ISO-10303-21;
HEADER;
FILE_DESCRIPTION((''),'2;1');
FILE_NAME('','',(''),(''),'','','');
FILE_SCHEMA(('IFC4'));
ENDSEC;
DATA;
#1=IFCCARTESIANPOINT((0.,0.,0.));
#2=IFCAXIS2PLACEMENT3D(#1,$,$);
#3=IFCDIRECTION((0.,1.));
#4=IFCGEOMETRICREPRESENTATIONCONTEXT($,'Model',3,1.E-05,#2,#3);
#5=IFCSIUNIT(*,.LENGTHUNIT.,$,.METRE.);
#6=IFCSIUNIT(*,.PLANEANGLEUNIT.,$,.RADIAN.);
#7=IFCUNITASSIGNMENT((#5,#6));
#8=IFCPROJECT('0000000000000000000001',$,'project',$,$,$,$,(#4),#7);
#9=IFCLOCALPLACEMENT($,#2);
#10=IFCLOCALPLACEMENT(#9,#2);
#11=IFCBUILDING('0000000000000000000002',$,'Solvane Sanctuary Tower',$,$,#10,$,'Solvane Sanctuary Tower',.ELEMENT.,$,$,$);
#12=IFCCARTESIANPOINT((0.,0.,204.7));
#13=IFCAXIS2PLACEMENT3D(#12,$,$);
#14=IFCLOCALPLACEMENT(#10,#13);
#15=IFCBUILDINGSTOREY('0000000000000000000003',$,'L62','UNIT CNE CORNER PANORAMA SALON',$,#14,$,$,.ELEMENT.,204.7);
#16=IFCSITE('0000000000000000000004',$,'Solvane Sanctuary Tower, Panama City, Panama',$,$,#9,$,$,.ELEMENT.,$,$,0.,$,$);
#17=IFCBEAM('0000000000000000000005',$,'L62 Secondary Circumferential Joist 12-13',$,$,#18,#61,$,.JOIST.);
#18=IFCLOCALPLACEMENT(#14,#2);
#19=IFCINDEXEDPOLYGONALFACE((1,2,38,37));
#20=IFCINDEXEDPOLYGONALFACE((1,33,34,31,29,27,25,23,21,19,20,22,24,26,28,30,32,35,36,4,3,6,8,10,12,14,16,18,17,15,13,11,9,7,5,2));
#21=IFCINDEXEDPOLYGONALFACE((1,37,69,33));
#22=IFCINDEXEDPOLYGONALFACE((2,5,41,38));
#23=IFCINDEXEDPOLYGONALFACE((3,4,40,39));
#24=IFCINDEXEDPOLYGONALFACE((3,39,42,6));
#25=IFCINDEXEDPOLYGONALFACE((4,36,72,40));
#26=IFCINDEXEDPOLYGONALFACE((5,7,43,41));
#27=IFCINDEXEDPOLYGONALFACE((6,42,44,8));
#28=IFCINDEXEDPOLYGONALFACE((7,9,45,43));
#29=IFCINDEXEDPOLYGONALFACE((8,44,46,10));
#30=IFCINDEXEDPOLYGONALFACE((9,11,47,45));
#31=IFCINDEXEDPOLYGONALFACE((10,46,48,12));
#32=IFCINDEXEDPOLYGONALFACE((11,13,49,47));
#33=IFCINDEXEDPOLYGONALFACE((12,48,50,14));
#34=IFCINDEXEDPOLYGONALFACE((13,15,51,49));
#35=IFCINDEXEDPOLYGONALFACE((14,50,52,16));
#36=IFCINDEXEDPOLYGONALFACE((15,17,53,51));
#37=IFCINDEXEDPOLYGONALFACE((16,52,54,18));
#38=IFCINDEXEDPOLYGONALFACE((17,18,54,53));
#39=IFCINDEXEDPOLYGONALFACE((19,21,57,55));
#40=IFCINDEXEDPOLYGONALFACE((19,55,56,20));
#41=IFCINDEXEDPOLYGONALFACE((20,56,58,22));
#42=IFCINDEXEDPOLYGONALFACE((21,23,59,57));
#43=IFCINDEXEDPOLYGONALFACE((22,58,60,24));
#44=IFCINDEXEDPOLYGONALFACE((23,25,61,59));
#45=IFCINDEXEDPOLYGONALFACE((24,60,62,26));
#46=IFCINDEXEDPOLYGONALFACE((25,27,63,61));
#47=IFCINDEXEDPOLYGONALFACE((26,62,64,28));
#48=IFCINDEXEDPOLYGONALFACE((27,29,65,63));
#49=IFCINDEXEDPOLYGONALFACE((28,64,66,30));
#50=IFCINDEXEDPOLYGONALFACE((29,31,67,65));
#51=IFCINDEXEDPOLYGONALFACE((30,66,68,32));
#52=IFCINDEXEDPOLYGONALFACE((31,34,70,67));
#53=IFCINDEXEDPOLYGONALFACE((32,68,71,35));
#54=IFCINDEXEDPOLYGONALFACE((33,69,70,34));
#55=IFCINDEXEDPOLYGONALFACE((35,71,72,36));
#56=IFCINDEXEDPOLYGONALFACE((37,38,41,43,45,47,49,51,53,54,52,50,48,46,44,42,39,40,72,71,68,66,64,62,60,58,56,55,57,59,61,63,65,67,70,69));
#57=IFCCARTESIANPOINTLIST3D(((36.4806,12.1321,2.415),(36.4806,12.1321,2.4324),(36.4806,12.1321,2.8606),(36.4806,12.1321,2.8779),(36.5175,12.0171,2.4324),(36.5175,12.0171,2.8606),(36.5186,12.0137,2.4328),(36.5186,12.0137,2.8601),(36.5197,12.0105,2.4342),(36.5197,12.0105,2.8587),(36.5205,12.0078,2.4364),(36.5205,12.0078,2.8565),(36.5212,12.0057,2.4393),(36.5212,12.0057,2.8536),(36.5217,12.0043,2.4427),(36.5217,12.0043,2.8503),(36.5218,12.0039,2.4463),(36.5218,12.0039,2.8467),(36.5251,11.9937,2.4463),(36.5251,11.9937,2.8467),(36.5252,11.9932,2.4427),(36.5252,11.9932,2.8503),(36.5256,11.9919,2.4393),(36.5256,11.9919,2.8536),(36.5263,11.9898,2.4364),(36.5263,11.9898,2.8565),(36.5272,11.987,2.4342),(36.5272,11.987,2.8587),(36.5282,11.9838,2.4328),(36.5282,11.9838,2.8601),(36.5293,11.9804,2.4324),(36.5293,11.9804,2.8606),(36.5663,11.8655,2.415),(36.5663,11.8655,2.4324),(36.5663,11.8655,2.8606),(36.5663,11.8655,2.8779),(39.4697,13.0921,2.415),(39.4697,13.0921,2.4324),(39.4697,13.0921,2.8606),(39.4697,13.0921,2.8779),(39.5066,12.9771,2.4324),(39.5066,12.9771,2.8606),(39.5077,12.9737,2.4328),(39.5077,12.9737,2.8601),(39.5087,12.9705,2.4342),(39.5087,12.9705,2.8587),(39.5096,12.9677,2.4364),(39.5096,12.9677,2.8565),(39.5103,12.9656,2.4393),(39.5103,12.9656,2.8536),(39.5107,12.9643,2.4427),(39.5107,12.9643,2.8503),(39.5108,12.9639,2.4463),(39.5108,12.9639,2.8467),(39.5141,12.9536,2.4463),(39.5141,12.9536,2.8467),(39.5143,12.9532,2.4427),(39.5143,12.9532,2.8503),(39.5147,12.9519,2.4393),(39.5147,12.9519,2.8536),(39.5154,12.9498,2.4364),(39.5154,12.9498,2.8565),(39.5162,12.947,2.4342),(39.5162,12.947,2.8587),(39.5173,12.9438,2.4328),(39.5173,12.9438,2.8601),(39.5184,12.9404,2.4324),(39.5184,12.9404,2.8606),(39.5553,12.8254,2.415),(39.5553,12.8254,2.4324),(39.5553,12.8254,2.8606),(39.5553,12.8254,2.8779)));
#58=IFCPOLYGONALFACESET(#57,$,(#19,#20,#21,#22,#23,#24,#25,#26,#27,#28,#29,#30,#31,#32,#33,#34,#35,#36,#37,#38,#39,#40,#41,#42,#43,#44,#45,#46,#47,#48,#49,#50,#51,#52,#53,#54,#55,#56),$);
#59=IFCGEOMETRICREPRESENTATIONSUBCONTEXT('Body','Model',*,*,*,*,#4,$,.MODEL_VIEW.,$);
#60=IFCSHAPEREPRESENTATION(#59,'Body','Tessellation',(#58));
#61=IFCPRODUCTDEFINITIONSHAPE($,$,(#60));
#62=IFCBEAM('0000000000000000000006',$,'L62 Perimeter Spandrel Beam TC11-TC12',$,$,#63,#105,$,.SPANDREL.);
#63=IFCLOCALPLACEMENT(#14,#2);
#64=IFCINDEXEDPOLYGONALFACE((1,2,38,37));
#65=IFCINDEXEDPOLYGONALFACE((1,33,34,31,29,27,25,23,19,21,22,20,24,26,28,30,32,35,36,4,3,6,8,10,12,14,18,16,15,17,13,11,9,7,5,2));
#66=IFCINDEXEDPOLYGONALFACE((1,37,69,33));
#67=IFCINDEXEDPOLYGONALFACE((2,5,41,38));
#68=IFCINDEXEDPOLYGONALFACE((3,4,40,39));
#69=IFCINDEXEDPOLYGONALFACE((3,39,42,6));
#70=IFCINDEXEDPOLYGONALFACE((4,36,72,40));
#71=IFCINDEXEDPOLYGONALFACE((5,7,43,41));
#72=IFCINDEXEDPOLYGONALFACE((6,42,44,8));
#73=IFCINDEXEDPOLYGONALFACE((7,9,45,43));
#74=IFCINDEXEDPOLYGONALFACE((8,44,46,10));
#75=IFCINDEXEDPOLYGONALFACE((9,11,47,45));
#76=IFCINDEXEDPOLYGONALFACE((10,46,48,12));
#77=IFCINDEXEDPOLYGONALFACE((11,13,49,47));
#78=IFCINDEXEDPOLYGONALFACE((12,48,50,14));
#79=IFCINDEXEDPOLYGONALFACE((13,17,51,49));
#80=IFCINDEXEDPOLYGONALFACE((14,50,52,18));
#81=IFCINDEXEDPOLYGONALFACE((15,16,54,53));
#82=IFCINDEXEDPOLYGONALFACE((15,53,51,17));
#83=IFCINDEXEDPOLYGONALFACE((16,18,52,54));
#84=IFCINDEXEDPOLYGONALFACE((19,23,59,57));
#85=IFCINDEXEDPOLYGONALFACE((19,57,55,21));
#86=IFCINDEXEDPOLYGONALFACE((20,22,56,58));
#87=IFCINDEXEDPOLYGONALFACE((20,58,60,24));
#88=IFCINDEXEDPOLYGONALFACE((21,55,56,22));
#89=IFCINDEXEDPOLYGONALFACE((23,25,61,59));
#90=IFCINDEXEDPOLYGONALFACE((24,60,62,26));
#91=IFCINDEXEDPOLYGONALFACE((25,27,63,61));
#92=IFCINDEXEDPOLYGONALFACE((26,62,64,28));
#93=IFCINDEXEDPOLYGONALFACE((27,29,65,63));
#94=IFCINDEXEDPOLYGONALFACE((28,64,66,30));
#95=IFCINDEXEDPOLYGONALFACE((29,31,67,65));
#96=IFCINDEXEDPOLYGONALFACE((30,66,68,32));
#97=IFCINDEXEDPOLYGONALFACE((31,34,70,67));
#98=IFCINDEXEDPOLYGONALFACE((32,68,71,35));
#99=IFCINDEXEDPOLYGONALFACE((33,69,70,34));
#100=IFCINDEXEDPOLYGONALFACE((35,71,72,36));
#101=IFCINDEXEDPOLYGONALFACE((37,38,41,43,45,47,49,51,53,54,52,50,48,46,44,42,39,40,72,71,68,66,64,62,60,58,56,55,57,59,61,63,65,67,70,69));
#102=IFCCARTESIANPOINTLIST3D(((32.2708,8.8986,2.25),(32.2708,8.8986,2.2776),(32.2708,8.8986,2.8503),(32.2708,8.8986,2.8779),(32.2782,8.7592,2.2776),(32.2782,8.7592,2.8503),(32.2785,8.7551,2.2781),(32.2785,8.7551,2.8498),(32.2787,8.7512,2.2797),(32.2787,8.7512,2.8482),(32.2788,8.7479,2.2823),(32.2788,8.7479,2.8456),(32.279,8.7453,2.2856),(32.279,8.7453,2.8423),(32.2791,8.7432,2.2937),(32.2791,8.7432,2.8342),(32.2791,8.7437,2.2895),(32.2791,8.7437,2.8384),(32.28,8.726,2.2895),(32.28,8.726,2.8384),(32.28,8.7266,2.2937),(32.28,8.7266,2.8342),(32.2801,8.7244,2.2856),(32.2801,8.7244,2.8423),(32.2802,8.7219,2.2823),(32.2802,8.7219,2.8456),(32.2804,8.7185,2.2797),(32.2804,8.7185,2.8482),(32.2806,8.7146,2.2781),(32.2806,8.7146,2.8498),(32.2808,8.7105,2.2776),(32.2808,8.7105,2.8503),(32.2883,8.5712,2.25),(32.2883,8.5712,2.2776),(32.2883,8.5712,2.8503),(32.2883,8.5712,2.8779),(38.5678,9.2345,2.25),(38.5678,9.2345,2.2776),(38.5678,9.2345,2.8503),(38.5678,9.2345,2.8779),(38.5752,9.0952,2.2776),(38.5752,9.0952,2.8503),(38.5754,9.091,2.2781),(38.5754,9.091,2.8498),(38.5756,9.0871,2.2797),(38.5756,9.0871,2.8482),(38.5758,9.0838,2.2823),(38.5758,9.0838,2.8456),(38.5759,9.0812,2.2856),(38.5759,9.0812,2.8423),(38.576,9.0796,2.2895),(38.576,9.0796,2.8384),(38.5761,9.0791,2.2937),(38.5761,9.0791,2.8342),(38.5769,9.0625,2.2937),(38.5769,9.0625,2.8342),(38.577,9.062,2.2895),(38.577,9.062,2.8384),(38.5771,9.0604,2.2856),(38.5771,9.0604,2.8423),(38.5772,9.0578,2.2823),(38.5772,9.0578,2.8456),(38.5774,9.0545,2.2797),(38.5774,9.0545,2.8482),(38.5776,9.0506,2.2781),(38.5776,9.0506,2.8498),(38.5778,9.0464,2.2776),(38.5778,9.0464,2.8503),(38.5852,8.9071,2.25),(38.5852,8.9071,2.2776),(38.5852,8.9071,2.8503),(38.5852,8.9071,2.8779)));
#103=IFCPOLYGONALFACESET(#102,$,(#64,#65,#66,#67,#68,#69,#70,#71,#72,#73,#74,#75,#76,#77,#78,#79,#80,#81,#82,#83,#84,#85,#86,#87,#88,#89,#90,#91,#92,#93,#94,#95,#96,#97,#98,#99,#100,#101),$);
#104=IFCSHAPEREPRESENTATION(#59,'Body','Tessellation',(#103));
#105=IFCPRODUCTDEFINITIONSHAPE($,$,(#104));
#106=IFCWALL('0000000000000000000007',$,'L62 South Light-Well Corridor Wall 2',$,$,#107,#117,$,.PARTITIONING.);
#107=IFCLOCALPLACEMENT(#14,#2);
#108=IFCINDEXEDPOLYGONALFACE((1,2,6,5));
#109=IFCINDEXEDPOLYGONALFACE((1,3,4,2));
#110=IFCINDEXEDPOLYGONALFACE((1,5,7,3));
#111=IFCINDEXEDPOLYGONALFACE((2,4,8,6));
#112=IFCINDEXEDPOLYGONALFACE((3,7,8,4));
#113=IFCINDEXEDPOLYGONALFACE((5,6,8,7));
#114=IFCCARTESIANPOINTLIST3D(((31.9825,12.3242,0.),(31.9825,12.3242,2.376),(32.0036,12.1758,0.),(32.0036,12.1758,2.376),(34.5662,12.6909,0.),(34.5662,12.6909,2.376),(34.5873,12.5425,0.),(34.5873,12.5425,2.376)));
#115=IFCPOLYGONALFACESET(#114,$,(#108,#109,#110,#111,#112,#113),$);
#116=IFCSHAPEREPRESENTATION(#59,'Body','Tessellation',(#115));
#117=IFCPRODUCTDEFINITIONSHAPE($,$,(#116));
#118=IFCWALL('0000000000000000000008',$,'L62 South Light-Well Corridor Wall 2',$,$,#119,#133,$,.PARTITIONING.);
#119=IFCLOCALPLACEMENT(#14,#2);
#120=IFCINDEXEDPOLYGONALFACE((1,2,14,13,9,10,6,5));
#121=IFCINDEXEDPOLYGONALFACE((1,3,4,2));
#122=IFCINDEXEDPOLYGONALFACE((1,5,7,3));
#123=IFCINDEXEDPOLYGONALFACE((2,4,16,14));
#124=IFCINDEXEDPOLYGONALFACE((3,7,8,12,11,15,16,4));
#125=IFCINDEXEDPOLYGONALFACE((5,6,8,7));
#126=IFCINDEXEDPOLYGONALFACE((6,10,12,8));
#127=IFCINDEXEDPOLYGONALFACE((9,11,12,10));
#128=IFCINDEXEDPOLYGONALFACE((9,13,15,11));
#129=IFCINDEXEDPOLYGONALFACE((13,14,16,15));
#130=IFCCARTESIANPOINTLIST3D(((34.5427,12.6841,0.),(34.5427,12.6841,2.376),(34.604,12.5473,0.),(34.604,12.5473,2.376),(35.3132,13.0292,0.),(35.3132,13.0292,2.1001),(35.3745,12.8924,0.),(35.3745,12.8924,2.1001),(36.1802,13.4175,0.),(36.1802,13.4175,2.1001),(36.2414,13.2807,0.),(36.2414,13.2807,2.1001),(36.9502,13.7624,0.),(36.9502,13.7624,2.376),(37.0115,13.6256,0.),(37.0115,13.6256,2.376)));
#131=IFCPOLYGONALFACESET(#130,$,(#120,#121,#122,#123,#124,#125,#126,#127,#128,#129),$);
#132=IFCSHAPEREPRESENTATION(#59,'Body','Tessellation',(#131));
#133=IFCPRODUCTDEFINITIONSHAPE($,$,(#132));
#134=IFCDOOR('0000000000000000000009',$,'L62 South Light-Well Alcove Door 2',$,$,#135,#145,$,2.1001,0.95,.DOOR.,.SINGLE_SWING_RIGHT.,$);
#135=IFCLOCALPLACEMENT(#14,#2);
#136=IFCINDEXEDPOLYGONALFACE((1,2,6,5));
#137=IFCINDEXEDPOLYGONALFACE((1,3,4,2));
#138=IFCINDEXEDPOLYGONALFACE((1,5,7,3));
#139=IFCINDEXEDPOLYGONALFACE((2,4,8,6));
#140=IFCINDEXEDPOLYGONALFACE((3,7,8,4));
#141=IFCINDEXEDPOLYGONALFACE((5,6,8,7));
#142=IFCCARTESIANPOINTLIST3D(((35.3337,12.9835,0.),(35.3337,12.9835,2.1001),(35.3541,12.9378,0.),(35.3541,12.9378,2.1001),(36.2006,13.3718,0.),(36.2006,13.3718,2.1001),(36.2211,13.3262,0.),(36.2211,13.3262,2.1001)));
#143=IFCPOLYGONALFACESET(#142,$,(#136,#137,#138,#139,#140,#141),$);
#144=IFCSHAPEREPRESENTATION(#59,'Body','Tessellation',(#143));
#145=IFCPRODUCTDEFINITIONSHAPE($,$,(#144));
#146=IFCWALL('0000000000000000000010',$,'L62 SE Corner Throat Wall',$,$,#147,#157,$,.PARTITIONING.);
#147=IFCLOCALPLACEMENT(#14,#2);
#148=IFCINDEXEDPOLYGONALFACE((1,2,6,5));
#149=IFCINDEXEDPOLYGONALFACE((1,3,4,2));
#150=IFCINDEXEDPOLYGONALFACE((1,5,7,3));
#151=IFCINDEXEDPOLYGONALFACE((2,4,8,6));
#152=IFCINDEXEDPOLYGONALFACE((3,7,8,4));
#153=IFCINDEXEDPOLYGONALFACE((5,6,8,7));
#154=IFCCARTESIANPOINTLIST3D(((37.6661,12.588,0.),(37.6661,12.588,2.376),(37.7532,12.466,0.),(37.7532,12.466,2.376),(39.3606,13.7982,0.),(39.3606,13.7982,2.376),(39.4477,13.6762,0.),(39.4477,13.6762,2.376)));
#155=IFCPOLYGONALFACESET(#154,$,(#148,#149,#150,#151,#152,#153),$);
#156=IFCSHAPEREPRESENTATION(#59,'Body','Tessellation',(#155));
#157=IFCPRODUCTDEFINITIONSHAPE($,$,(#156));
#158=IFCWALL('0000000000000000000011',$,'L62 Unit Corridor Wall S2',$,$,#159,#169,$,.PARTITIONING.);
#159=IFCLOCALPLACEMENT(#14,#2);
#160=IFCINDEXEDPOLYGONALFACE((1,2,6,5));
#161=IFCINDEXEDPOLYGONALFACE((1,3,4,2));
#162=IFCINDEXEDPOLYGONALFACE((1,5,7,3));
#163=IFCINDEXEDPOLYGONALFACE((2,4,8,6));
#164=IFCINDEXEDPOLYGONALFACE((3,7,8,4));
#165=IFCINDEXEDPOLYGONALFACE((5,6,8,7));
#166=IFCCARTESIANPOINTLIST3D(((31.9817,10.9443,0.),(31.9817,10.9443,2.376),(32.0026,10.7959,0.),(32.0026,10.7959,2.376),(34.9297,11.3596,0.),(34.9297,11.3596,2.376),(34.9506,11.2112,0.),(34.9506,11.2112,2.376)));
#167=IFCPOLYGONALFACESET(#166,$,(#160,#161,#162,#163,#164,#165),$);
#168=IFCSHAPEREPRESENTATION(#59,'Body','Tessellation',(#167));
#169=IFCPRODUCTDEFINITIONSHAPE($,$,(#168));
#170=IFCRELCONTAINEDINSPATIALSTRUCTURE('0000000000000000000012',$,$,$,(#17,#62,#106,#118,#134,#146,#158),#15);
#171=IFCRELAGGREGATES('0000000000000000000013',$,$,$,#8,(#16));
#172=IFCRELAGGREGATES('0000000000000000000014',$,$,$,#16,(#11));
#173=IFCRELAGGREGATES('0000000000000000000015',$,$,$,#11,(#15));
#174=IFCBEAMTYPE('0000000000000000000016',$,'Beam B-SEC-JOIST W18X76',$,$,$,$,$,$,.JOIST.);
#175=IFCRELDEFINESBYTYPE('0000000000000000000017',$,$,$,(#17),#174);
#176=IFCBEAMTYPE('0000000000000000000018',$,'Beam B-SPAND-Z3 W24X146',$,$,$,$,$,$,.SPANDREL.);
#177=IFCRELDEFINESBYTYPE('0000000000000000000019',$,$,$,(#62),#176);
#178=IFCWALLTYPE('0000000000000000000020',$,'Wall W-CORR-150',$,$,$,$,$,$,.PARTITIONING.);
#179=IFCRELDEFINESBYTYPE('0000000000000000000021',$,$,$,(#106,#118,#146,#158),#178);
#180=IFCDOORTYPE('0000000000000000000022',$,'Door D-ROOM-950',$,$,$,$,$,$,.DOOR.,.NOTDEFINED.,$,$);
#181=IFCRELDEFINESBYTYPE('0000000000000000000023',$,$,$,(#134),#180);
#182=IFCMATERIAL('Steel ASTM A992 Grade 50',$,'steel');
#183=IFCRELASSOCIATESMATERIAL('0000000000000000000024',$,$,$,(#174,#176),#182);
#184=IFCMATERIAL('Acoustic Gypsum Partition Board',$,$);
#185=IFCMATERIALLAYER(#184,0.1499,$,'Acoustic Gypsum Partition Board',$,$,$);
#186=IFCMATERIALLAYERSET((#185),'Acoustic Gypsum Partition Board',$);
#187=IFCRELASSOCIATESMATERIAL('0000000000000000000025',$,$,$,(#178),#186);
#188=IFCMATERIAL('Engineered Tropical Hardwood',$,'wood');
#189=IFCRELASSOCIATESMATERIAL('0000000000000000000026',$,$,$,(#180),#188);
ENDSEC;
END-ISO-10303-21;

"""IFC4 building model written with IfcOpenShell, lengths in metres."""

from ifc_helpers import new_model, si_unit, direction, frame, frame_2d, origin, origin_2d, place, context, subcontext, project, spatial, rectangle, i_section, extrude, material, layer, layer_set, material_profile, profile_set, type_object, element, fill, save


model = new_model("IFC4")

# Units and contexts
model_context = context("Model", 3, precision=1e-05, world=origin(), true_north=direction((0.0, 1.0)))
body_context = subcontext(model_context, "Body", "Model", "MODEL_VIEW")
ifc_project = project(units=[si_unit("LENGTHUNIT", "METRE"), si_unit("PLANEANGLEUNIT", "RADIAN")], contexts=[model_context])

# Site, building, storey
site_placement = place(None, origin())
site = spatial("IfcSite", under=ifc_project, at=site_placement, Name="Solvane Sanctuary Tower, Panama City, Panama", CompositionType="ELEMENT", RefElevation=0.0)
building_placement = place(site_placement, origin())
building = spatial("IfcBuilding", under=site, at=building_placement, Name="Solvane Sanctuary Tower", LongName="Solvane Sanctuary Tower", CompositionType="ELEMENT")
storey_placement = place(building_placement, frame((0.0, 0.0, 204.7)))
storey = spatial("IfcBuildingStorey", under=building, at=storey_placement, Name="L62", Description="UNIT CNE CORNER PANORAMA SALON", CompositionType="ELEMENT", Elevation=204.7)

# Beams
ifc_material_1 = material(Name="Steel ASTM A992 Grade 50", Category="steel")
ifc_material_profile_1 = material_profile(ifc_material_1, i_section(OverallWidth=0.28, OverallDepth=0.4629, WebThickness=0.0107, FlangeThickness=0.0173, FilletRadius=0.0139, at=origin_2d()), Name="W18X76")
ifc_profile_set_1 = profile_set([ifc_material_profile_1], Name="Steel ASTM A992 Grade 50")
beam_type_1 = type_object("IfcBeamType", Name="Beam B-SEC-JOIST W18X76", PredefinedType="JOIST", material=ifc_profile_set_1)
beam_1_placement = place(storey_placement, frame((36.5234, 11.9988, 2.6465), z_axis=(0.952102, 0.30578, 0.0), x_axis=(-0.30578, 0.952102, 0.0)))
element("IfcBeam", 1, at=beam_1_placement, inside=storey, type_object=beam_type_1, Name="L62 Secondary Circumferential Joist 12-13", PredefinedType="JOIST", context=body_context, shape_type="SweptSolid", body=[
    extrude(i_section(OverallWidth=0.28, OverallDepth=0.4629, WebThickness=0.0107, FlangeThickness=0.0173, FilletRadius=0.0139, at=origin_2d()), origin(), (0.0, 0.0, 1.0), 3.1394),
])
ifc_material_profile_2 = material_profile(ifc_material_1, i_section(OverallWidth=0.3279, OverallDepth=0.6279, WebThickness=0.0166, FlangeThickness=0.0276, FilletRadius=0.0161, at=origin_2d()), Name="W24X146")
ifc_profile_set_2 = profile_set([ifc_material_profile_2], Name="Steel ASTM A992 Grade 50")
beam_type_2 = type_object("IfcBeamType", Name="Beam B-SPAND-Z3 W24X146", PredefinedType="SPANDREL", material=ifc_profile_set_2)
beam_2_placement = place(storey_placement, frame((32.2795, 8.7349, 2.564), z_axis=(0.99858, 0.053274, 0.0), x_axis=(-0.053274, 0.99858, 0.0)))
element("IfcBeam", 2, at=beam_2_placement, inside=storey, type_object=beam_type_2, Name="L62 Perimeter Spandrel Beam TC11-TC12", PredefinedType="SPANDREL", context=body_context, shape_type="SweptSolid", body=[
    extrude(i_section(OverallWidth=0.3279, OverallDepth=0.6279, WebThickness=0.0166, FlangeThickness=0.0276, FilletRadius=0.0161, at=origin_2d()), origin(), (0.0, 0.0, 1.0), 6.3059),
])

# Wall
ifc_material_2 = material(Name="Acoustic Gypsum Partition Board")
ifc_layer_1 = layer(ifc_material_2, 0.1499, Name="Acoustic Gypsum Partition Board")
ifc_layer_set_1 = layer_set([ifc_layer_1], Name="Acoustic Gypsum Partition Board")
wall_type_1 = type_object("IfcWallType", Name="Wall W-CORR-150", PredefinedType="PARTITIONING", material=ifc_layer_set_1)
wall_1_placement = place(storey_placement, frame((31.9932, 12.25, 0.0), z_axis=(0.0, 0.0, 1.0), x_axis=(0.990078, 0.140518, 0.0)))
element("IfcWall", 3, at=wall_1_placement, inside=storey, type_object=wall_type_1, Name="L62 South Light-Well Corridor Wall 2", PredefinedType="PARTITIONING", context=body_context, shape_type="SweptSolid", body=[
    extrude(rectangle(XDim=2.6096, YDim=0.1499, at=frame_2d((1.3047, 0.0))), origin(), (0.0, 0.0, 1.0), 2.376),
])

# Wall, opening, door
wall_2_placement = place(storey_placement, frame((34.5735, 12.6157, 0.0), z_axis=(0.0, 0.0, 1.0), x_axis=(0.912628, 0.40879, 0.0)))
wall_2 = element("IfcWall", 4, at=wall_2_placement, inside=storey, type_object=wall_type_1, Name="L62 South Light-Well Corridor Wall 2", PredefinedType="PARTITIONING", context=body_context, shape_type="SweptSolid", body=[
    extrude(rectangle(XDim=2.6379, YDim=0.1499, at=frame_2d((1.3188, 0.0))), origin(), (0.0, 0.0, 1.0), 2.376),
])
opening_1_placement = place(wall_2_placement, frame((0.844, 0.0, 0.0)))
opening_1 = element("IfcOpeningElement", 5, at=opening_1_placement, cuts=wall_2, PredefinedType="OPENING", context=body_context, shape_type="SweptSolid", body=[
    extrude(rectangle(XDim=0.95, YDim=2.1001, at=frame_2d((0.4751, 1.05))), frame((0.0, 0.085, 0.0), z_axis=(0.0, -1.0, 0.0), x_axis=(1.0, 0.0, 0.0)), (0.0, 0.0, 1.0), 0.1699),
])
ifc_material_3 = material(Name="Engineered Tropical Hardwood", Category="wood")
door_type_1 = type_object("IfcDoorType", Name="Door D-ROOM-950", OperationType="NOTDEFINED", PredefinedType="DOOR", material=ifc_material_3)
door_1_placement = place(opening_1_placement, origin())
door_1 = element("IfcDoor", 6, at=door_1_placement, inside=storey, type_object=door_type_1, Name="L62 South Light-Well Alcove Door 2", OperationType="SINGLE_SWING_RIGHT", OverallHeight=2.1001, OverallWidth=0.95, PredefinedType="DOOR", context=body_context, shape_type="SweptSolid", body=[
    extrude(rectangle(XDim=0.95, YDim=2.1001, at=frame_2d((0.4751, 1.05))), frame((0.0, 0.0249, 0.0), z_axis=(0.0, -1.0, 0.0), x_axis=(1.0, 0.0, 0.0)), (0.0, 0.0, 1.0), 0.05),
])
fill(opening_1, door_1)

# Walls
wall_3_placement = place(storey_placement, frame((37.7097, 12.5271, 0.0), z_axis=(0.0, 0.0, 1.0), x_axis=(0.813781, 0.581172, 0.0)))
element("IfcWall", 7, at=wall_3_placement, inside=storey, type_object=wall_type_1, Name="L62 SE Corner Throat Wall", PredefinedType="PARTITIONING", context=body_context, shape_type="SweptSolid", body=[
    extrude(rectangle(XDim=2.0823, YDim=0.1499, at=frame_2d((1.041, 0.0))), origin(), (0.0, 0.0, 1.0), 2.376),
])
wall_4_placement = place(storey_placement, frame((31.9922, 10.8701, 0.0), z_axis=(0.0, 0.0, 1.0), x_axis=(0.990223, 0.139492, 0.0)))
element("IfcWall", 8, at=wall_4_placement, inside=storey, type_object=wall_type_1, Name="L62 Unit Corridor Wall S2", PredefinedType="PARTITIONING", context=body_context, shape_type="SweptSolid", body=[
    extrude(rectangle(XDim=2.9771, YDim=0.1499, at=frame_2d((1.4885, 0.0))), origin(), (0.0, 0.0, 1.0), 2.376),
])

save(model, "model.ifc")
